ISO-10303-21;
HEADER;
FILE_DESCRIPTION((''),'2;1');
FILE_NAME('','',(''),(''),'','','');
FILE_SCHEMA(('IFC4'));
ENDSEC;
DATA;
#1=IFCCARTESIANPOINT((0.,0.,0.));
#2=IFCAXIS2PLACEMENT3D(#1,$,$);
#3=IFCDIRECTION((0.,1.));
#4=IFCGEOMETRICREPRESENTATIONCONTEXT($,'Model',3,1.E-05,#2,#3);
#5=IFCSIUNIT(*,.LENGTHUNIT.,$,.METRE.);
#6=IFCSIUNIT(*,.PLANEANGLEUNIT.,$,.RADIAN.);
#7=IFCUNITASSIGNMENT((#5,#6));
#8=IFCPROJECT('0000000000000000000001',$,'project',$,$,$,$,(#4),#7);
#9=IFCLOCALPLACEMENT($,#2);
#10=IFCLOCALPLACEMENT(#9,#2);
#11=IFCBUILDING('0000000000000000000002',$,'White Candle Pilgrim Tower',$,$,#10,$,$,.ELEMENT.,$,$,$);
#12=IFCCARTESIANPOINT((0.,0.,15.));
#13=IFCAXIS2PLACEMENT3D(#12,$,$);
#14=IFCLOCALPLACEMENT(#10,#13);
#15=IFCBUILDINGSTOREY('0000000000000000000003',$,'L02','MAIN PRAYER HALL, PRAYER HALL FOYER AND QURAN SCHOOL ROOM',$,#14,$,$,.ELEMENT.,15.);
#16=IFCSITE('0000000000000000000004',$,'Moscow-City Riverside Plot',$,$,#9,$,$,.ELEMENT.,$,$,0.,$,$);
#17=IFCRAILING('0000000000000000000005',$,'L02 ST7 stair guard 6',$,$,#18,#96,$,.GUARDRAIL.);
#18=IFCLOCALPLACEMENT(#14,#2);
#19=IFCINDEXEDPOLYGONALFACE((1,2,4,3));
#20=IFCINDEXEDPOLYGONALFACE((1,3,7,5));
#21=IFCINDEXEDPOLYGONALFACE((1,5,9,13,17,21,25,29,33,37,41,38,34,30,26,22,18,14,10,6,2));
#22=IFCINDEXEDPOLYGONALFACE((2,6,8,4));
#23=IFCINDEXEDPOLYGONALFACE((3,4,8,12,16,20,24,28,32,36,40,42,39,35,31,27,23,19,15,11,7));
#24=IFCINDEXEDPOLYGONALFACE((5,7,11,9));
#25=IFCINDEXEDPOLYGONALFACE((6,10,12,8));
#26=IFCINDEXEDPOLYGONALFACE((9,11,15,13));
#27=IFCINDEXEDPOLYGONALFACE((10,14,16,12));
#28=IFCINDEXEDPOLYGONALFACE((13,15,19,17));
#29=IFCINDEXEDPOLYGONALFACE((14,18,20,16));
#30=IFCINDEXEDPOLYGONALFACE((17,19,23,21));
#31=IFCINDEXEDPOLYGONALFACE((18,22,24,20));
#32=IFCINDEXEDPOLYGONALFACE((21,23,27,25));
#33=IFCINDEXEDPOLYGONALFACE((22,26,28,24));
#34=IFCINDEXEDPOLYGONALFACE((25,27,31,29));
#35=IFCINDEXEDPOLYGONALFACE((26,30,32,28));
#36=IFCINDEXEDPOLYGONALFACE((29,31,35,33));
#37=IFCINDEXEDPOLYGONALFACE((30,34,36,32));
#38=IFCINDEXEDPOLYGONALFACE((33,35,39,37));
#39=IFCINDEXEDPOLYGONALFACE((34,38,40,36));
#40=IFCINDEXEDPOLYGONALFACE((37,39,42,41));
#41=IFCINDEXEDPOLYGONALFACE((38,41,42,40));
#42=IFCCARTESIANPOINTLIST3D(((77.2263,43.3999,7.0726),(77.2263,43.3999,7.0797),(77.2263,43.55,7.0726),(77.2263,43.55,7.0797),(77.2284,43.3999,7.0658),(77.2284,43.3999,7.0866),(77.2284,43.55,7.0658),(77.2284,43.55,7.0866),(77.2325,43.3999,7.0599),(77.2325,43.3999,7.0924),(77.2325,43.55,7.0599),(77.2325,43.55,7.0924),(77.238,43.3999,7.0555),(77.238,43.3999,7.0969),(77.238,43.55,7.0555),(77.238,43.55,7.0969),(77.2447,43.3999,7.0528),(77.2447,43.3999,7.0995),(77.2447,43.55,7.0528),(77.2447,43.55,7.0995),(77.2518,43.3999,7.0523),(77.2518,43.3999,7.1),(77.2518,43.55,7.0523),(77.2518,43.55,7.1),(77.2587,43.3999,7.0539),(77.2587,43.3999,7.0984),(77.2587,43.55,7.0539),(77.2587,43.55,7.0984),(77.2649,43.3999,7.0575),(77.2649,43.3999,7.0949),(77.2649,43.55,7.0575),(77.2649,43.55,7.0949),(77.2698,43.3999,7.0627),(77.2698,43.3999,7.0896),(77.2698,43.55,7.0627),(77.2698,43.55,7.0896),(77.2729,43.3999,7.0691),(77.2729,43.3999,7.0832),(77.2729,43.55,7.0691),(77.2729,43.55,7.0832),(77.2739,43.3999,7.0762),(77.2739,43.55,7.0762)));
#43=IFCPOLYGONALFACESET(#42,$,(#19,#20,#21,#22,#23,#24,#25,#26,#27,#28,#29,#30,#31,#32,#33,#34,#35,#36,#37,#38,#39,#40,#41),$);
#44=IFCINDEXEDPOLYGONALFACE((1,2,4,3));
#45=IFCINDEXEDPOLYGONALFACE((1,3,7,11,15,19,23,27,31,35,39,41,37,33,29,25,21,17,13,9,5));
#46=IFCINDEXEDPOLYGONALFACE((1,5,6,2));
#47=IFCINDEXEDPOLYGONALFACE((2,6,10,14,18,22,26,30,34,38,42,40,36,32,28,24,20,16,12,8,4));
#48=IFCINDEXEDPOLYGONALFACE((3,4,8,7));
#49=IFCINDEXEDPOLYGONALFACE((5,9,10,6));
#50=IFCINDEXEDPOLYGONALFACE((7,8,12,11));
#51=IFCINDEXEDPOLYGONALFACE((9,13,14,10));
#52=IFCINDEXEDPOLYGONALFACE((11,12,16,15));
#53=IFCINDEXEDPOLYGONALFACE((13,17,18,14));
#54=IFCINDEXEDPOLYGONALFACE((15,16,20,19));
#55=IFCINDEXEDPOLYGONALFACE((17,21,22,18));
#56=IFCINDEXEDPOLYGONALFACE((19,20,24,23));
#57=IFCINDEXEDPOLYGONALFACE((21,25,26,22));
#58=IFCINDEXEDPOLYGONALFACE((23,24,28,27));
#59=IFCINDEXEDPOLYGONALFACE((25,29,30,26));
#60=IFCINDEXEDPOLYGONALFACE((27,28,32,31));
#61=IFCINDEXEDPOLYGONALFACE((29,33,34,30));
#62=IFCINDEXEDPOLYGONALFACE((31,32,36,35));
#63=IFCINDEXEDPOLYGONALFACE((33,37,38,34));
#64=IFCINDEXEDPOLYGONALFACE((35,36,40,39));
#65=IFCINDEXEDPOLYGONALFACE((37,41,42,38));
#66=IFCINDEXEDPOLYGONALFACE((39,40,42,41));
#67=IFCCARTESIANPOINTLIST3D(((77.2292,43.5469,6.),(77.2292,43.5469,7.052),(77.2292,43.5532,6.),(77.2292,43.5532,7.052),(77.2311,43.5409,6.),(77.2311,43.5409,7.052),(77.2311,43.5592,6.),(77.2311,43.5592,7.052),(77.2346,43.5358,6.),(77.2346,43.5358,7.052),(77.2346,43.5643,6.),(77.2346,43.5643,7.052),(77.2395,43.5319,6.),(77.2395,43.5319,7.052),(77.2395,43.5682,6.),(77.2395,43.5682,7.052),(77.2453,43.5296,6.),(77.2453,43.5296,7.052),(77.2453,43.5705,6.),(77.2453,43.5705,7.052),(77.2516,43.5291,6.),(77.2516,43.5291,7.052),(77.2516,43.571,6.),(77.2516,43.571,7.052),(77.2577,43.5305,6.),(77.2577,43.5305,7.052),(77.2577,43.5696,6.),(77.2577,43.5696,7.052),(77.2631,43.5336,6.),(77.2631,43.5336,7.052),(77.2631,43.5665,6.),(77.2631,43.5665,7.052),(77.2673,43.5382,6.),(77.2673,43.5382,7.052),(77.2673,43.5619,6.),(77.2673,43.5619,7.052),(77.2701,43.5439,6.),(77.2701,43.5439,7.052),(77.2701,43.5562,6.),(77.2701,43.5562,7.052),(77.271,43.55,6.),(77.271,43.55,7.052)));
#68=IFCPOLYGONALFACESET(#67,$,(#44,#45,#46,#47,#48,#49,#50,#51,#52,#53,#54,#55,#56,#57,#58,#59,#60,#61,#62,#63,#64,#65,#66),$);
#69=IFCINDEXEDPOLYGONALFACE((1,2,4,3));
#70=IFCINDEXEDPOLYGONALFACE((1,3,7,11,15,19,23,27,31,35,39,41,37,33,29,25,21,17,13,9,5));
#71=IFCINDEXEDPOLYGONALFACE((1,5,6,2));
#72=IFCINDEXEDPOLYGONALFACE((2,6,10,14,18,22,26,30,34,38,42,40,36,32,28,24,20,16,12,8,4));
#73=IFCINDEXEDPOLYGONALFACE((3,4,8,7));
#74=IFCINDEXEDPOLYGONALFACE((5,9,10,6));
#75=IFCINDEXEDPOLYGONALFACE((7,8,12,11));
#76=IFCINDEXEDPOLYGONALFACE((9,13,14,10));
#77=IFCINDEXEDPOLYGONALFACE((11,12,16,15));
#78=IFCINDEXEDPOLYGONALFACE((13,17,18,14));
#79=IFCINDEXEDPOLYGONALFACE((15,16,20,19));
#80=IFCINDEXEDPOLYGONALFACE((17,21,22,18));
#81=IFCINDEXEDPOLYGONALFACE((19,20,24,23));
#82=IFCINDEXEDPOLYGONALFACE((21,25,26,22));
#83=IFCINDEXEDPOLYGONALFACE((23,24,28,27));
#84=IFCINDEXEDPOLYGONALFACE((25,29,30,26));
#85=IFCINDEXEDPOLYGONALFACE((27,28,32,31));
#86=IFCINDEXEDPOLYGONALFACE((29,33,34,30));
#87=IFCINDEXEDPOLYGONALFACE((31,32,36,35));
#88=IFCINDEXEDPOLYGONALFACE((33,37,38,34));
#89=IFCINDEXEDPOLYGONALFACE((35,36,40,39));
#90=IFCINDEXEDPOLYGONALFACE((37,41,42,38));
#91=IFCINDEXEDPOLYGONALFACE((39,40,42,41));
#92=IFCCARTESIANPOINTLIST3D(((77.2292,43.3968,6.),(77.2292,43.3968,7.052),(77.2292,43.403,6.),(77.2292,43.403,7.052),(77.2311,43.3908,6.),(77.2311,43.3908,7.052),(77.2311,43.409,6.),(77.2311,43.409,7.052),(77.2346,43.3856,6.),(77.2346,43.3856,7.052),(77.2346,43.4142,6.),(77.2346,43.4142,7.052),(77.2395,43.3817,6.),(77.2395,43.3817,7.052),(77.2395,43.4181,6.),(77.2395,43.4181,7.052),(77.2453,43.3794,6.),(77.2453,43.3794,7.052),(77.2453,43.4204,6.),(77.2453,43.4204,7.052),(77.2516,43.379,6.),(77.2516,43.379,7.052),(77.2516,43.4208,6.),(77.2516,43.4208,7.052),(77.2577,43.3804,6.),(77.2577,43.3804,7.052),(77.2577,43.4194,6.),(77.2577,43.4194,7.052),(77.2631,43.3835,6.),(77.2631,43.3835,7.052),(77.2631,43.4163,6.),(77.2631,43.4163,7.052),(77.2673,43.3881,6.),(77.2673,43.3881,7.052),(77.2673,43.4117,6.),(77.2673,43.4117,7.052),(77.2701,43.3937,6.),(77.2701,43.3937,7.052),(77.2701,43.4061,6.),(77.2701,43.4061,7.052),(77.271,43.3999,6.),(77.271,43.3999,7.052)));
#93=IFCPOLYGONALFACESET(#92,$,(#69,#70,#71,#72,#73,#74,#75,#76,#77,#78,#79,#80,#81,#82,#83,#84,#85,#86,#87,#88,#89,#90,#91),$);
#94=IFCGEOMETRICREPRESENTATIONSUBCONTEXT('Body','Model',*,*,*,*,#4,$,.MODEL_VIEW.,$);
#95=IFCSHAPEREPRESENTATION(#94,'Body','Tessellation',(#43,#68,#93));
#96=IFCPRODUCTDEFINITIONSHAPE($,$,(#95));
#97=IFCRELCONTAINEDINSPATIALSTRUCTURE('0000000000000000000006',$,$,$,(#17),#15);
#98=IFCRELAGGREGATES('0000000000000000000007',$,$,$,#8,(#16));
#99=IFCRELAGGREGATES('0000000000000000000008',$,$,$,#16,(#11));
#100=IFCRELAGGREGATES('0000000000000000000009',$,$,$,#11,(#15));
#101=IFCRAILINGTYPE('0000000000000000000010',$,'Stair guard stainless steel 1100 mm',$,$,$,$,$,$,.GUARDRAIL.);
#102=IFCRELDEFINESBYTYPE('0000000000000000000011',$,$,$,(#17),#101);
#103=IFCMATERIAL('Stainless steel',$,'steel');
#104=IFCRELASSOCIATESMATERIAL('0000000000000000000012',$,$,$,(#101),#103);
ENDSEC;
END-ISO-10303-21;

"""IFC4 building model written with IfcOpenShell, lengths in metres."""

from ifc_helpers import new_model, si_unit, direction, frame, origin, origin_2d, place, context, subcontext, project, spatial, circle, extrude, material, type_object, element, save


model = new_model("IFC4")

# Units and contexts
model_context = context("Model", 3, precision=1e-05, world=origin(), true_north=direction((0.0, 1.0)))
body_context = subcontext(model_context, "Body", "Model", "MODEL_VIEW")
ifc_project = project(units=[si_unit("LENGTHUNIT", "METRE"), si_unit("PLANEANGLEUNIT", "RADIAN")], contexts=[model_context])

# Site, building, storey
site_placement = place(None, origin())
site = spatial("IfcSite", under=ifc_project, at=site_placement, Name="Moscow-City Riverside Plot", CompositionType="ELEMENT", RefElevation=0.0)
building_placement = place(site_placement, origin())
building = spatial("IfcBuilding", under=site, at=building_placement, Name="White Candle Pilgrim Tower", CompositionType="ELEMENT")
storey_placement = place(building_placement, frame((0.0, 0.0, 15.0)))
storey = spatial("IfcBuildingStorey", under=building, at=storey_placement, Name="L02", Description="MAIN PRAYER HALL, PRAYER HALL FOYER AND QURAN SCHOOL ROOM", CompositionType="ELEMENT", Elevation=15.0)

# Railing
ifc_material_1 = material(Name="Stainless steel", Category="steel")
railing_type_1 = type_object("IfcRailingType", Name="Stair guard stainless steel 1100 mm", PredefinedType="GUARDRAIL", material=ifc_material_1)
railing_1_placement = place(storey_placement, frame((77.25, 43.55, 6.0)))
element("IfcRailing", 1, at=railing_1_placement, inside=storey, type_object=railing_type_1, Name="L02 ST7 stair guard 6", PredefinedType="GUARDRAIL", context=body_context, shape_type="SweptSolid", body=[
    extrude(circle(Radius=0.0239, at=origin_2d()), frame((0.0, 0.0, 1.0762), z_axis=(0.0, -1.0, 0.0), x_axis=(1.0, 0.0, 0.0)), (0.0, 0.0, 1.0), 0.1501),
    extrude(circle(Radius=0.021, at=origin_2d()), origin(), (0.0, 0.0, 1.0), 1.052),
    extrude(circle(Radius=0.021, at=origin_2d()), frame((0.0, -0.1501, 0.0)), (0.0, 0.0, 1.0), 1.052),
])

save(model, "model.ifc")
